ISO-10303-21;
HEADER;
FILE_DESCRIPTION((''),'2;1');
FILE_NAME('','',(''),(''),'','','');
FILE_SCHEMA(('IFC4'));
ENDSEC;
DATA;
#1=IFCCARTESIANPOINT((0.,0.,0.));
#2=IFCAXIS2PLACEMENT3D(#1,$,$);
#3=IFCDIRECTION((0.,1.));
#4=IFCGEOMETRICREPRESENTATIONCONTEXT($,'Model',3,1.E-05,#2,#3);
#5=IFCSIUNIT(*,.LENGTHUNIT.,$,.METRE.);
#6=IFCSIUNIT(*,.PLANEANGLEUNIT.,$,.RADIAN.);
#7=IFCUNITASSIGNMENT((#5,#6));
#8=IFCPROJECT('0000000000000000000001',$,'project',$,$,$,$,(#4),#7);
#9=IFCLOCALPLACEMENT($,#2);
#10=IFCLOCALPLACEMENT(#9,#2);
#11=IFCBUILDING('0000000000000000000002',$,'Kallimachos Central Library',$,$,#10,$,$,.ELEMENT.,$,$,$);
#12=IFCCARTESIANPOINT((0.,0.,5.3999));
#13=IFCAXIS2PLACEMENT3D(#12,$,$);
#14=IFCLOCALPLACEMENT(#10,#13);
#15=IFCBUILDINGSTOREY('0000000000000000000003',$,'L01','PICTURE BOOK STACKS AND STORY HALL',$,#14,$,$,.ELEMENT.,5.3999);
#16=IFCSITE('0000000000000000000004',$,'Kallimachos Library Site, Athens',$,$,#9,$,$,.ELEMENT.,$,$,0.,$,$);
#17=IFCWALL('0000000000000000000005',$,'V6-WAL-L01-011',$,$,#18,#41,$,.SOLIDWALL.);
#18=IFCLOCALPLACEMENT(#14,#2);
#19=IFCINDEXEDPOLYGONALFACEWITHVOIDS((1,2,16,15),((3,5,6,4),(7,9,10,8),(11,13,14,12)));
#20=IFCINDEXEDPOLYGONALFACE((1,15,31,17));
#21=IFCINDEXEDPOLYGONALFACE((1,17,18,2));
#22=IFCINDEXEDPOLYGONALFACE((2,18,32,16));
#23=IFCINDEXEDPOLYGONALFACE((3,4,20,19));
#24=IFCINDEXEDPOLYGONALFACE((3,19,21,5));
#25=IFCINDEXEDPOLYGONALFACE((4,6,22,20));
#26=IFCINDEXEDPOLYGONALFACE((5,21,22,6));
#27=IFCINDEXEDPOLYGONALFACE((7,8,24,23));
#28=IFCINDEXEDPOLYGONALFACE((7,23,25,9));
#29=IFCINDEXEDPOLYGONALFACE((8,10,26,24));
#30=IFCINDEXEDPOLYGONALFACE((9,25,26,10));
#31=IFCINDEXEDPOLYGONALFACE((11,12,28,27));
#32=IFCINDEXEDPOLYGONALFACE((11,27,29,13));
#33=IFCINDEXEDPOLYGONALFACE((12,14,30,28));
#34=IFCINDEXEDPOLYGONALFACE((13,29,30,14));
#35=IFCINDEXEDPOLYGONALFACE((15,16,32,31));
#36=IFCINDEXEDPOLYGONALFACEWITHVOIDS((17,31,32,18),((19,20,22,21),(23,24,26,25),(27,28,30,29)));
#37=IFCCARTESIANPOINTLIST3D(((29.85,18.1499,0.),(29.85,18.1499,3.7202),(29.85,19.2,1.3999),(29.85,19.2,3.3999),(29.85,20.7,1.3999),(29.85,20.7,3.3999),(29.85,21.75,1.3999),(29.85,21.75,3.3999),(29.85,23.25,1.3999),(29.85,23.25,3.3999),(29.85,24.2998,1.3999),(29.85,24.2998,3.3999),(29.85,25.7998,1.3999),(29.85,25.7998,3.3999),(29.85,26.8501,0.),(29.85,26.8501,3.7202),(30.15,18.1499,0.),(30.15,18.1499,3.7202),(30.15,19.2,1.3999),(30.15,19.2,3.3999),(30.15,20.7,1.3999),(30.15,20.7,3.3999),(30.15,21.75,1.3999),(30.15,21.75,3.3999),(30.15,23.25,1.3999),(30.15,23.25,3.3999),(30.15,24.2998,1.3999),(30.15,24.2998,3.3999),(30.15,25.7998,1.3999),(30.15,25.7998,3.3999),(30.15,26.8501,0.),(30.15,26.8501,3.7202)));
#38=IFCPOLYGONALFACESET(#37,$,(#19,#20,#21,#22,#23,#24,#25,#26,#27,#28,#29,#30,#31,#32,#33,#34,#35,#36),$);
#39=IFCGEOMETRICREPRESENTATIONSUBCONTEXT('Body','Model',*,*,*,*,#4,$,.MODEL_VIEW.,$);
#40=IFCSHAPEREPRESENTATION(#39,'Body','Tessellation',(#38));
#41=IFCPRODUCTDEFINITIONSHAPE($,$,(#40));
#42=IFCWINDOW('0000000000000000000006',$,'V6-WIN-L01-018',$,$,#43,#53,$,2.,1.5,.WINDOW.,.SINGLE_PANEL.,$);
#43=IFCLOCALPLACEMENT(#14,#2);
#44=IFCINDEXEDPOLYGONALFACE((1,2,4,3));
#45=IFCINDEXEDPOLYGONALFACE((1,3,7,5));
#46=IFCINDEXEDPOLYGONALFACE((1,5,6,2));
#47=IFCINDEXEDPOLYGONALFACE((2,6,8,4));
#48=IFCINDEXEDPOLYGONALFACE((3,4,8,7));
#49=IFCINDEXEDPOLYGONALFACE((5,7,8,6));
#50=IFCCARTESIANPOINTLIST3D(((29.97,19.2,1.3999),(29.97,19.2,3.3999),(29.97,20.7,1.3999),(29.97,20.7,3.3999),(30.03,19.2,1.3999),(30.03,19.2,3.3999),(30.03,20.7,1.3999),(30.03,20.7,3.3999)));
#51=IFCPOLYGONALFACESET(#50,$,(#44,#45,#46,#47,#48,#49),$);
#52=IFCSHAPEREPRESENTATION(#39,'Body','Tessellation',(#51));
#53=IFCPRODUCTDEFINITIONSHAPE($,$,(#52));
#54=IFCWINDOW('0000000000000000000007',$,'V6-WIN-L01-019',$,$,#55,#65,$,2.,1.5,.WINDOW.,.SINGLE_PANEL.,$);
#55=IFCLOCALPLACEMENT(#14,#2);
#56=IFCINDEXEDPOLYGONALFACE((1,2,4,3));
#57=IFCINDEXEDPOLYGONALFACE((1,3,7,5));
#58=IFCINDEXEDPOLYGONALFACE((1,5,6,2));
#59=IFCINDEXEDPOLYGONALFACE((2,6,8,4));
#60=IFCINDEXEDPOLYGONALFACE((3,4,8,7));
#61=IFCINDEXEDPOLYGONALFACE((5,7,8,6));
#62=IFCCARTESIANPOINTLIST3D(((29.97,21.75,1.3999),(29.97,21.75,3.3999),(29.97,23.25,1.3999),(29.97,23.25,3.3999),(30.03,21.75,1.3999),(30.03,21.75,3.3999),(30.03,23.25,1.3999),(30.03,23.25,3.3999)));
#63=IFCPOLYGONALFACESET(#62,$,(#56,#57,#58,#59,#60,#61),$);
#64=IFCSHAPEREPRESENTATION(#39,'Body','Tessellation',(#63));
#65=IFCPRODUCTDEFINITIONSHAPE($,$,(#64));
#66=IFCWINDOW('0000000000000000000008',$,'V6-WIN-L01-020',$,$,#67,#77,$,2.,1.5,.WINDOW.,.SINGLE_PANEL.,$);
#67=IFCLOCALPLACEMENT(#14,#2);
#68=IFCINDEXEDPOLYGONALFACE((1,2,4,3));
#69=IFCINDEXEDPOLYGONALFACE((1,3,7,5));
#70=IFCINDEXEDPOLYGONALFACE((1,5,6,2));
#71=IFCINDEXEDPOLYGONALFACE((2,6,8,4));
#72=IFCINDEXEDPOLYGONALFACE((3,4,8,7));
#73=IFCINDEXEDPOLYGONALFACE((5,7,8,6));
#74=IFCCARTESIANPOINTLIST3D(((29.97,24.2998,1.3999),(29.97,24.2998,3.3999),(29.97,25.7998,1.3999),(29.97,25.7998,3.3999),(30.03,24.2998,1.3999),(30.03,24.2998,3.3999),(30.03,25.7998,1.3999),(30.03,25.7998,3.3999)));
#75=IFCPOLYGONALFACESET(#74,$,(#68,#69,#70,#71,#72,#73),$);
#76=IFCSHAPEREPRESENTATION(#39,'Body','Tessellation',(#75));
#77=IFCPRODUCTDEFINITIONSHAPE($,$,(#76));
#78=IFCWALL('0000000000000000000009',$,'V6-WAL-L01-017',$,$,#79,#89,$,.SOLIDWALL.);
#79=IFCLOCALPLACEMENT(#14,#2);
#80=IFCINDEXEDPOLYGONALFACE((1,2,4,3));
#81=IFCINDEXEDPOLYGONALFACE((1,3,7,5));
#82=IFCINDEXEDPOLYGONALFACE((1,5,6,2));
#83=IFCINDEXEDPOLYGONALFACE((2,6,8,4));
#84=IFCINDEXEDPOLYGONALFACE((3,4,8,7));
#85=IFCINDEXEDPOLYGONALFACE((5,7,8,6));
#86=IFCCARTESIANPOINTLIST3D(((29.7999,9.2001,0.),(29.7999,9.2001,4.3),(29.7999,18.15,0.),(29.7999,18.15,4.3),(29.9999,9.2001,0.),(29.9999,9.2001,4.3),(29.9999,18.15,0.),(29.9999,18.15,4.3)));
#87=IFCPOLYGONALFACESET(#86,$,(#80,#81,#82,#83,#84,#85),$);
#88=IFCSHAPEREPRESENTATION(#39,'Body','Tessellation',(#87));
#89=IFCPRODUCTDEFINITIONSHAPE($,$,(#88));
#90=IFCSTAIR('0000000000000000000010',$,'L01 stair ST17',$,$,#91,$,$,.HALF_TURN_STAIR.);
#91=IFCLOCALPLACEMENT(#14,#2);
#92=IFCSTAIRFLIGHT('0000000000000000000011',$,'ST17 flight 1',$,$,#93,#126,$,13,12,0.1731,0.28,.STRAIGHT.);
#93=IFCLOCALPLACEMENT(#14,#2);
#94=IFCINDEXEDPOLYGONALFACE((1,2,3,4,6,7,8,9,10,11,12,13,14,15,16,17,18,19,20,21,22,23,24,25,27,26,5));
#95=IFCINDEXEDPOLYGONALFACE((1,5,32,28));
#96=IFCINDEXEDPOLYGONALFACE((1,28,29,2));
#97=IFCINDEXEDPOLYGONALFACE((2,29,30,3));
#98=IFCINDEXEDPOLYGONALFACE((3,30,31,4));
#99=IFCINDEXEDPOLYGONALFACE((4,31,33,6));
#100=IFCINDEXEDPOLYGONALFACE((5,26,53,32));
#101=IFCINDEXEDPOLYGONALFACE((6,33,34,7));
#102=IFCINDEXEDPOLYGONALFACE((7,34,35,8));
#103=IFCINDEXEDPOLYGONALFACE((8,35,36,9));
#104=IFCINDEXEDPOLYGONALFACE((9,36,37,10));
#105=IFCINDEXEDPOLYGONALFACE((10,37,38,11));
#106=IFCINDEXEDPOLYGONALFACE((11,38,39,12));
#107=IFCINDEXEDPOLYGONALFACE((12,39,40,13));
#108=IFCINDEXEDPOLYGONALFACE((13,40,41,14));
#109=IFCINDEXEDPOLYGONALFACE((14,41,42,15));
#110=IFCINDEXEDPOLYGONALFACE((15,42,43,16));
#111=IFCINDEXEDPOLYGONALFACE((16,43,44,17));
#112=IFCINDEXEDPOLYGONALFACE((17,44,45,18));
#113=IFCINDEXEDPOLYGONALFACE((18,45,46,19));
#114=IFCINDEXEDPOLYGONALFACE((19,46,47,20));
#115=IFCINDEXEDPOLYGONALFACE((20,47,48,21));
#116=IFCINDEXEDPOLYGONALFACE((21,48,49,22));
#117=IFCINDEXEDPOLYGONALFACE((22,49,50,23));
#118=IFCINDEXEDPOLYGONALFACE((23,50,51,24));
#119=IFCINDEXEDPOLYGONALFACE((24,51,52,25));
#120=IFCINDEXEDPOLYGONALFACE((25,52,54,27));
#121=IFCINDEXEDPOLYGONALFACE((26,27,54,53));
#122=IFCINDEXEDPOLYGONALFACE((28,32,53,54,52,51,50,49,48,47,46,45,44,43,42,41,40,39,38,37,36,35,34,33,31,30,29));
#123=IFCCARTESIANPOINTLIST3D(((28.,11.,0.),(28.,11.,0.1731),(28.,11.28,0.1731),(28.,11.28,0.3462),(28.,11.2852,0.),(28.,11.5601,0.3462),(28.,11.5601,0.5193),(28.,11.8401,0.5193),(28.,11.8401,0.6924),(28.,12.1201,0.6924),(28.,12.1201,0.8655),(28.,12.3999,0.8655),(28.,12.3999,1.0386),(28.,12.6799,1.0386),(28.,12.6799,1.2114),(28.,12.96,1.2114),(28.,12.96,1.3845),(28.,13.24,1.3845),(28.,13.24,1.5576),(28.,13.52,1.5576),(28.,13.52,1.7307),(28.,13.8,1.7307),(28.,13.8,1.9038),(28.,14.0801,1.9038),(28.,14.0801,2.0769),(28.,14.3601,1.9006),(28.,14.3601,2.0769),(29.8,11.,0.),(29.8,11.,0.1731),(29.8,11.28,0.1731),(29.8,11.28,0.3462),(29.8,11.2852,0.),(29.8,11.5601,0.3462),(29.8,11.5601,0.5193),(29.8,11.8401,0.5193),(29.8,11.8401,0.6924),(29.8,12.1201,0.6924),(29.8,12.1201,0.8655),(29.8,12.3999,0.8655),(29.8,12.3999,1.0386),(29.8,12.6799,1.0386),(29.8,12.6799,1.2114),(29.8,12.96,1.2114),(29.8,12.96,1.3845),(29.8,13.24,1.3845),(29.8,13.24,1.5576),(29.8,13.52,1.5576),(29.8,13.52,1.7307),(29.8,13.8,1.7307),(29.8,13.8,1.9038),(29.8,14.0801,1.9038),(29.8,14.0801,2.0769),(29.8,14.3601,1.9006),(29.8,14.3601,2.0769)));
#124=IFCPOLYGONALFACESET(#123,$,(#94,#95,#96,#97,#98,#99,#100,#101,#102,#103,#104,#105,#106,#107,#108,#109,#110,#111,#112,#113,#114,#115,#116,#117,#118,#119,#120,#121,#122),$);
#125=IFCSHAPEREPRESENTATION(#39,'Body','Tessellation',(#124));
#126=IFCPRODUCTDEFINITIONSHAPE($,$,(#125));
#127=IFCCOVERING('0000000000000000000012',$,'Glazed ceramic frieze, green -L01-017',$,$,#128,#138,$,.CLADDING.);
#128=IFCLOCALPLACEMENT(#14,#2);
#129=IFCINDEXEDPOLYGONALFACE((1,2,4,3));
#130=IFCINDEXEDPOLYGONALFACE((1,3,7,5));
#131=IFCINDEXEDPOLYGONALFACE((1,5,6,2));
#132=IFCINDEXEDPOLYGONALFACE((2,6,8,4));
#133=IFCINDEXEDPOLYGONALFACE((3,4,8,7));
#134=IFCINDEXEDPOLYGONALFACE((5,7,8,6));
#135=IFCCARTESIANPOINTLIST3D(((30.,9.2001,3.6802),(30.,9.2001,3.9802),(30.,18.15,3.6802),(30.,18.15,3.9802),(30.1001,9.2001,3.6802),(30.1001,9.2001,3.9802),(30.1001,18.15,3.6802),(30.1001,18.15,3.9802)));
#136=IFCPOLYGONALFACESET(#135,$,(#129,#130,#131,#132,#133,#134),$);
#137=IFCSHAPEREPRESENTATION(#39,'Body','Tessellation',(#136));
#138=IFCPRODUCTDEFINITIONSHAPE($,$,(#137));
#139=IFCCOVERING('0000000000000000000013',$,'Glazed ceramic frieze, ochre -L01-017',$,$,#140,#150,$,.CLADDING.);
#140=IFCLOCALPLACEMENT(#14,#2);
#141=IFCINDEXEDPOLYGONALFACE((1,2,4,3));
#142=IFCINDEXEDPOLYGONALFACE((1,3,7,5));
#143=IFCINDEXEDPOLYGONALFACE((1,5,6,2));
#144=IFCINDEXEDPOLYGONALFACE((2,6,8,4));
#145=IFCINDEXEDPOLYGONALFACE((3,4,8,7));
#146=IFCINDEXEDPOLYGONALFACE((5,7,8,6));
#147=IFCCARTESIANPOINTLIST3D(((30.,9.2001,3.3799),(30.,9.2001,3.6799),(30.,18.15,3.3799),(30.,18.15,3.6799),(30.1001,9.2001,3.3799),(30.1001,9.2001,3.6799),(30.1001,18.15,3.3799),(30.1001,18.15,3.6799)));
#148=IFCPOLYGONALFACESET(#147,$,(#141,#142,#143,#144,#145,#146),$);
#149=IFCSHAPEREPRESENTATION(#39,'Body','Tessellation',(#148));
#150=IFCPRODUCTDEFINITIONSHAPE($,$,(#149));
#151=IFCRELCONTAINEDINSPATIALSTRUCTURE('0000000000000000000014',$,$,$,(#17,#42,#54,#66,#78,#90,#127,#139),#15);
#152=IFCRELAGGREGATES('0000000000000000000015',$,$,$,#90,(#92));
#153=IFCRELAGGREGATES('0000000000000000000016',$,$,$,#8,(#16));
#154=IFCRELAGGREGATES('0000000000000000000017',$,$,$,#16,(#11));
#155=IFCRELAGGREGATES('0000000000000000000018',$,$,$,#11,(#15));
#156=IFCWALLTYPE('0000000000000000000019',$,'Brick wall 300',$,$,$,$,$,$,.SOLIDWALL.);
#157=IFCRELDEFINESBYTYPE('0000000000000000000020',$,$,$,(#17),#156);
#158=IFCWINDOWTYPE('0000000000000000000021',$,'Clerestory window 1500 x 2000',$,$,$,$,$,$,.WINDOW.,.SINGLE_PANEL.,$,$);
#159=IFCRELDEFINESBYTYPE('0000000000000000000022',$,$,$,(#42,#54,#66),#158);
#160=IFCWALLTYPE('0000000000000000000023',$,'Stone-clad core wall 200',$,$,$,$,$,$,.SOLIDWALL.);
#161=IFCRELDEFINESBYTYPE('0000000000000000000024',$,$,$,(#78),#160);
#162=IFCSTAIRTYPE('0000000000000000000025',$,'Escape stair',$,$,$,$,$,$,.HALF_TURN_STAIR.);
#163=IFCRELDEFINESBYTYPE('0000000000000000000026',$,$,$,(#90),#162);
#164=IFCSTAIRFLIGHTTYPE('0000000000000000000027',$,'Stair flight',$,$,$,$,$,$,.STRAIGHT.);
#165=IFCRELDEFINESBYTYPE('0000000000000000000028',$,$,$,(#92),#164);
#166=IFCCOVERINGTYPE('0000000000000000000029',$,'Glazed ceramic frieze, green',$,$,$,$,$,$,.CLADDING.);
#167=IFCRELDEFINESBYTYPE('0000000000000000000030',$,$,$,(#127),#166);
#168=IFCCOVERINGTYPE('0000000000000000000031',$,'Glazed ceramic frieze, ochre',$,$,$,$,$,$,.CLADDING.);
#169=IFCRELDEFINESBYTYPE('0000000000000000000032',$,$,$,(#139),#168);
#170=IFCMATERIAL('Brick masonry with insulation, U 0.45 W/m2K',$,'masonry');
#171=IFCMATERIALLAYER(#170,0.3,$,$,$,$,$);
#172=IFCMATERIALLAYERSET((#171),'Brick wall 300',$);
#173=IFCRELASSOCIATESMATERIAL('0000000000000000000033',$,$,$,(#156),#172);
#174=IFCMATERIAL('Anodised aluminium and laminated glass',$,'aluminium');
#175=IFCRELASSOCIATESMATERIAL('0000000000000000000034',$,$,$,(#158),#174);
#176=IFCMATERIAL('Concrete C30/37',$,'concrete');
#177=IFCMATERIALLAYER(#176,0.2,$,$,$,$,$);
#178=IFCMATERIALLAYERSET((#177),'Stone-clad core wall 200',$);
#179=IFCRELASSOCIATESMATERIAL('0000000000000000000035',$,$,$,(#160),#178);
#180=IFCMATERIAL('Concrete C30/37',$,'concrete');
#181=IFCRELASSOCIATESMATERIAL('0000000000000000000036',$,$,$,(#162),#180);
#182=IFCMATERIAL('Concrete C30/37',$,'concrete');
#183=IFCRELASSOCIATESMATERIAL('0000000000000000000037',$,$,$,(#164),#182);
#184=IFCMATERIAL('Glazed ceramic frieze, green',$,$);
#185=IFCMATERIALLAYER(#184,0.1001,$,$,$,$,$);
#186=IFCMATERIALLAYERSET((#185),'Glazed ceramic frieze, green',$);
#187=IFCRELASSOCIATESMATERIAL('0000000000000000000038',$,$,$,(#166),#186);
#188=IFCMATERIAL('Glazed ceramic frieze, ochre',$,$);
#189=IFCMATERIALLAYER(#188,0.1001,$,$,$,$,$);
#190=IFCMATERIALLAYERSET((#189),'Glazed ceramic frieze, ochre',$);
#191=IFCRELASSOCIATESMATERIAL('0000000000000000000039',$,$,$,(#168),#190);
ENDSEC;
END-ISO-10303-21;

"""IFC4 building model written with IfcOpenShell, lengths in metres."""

from ifc_helpers import new_model, si_unit, direction, frame, frame_2d, origin, origin_2d, place, context, subcontext, project, spatial, polyline, rectangle, outline, extrude, material, layer, layer_set, type_object, element, fill, aggregate, save


model = new_model("IFC4")

# Units and contexts
model_context = context("Model", 3, precision=1e-05, world=origin(), true_north=direction((0.0, 1.0)))
body_context = subcontext(model_context, "Body", "Model", "MODEL_VIEW")
ifc_project = project(units=[si_unit("LENGTHUNIT", "METRE"), si_unit("PLANEANGLEUNIT", "RADIAN")], contexts=[model_context])

# Site, building, storey
site_placement = place(None, origin())
site = spatial("IfcSite", under=ifc_project, at=site_placement, Name="Kallimachos Library Site, Athens", CompositionType="ELEMENT", RefElevation=0.0)
building_placement = place(site_placement, origin())
building = spatial("IfcBuilding", under=site, at=building_placement, Name="Kallimachos Central Library", CompositionType="ELEMENT")
storey_placement = place(building_placement, frame((0.0, 0.0, 5.3999)))
storey = spatial("IfcBuildingStorey", under=building, at=storey_placement, Name="L01", Description="PICTURE BOOK STACKS AND STORY HALL", CompositionType="ELEMENT", Elevation=5.3999)

# Wall, openings, windows
ifc_material_1 = material(Name="Brick masonry with insulation, U 0.45 W/m2K", Category="masonry")
ifc_layer_1 = layer(ifc_material_1, 0.3)
ifc_layer_set_1 = layer_set([ifc_layer_1], Name="Brick wall 300")
wall_type_1 = type_object("IfcWallType", Name="Brick wall 300", PredefinedType="SOLIDWALL", material=ifc_layer_set_1)
wall_1_placement = place(storey_placement, frame((30.0, 18.1499, 0.0), z_axis=(0.0, 0.0, 1.0), x_axis=(0.0, 1.0, 0.0)))
wall_1 = element("IfcWall", 1, at=wall_1_placement, inside=storey, type_object=wall_type_1, Name="V6-WAL-L01-011", PredefinedType="SOLIDWALL", context=body_context, shape_type="SweptSolid", body=[
    extrude(rectangle(XDim=8.7002, YDim=0.3, at=frame_2d((4.3501, 0.0))), origin(), (0.0, 0.0, 1.0), 3.7202),
])
opening_1_placement = place(wall_1_placement, frame((1.05, 0.0, 1.3999)))
opening_1 = element("IfcOpeningElement", 2, at=opening_1_placement, cuts=wall_1, PredefinedType="OPENING", context=body_context, shape_type="SweptSolid", body=[
    extrude(rectangle(XDim=1.5, YDim=2.0, at=frame_2d((0.75, 1.0))), frame((0.0, 0.1599, 0.0), z_axis=(0.0, -1.0, 0.0), x_axis=(1.0, 0.0, 0.0)), (0.0, 0.0, 1.0), 0.3201),
])
opening_2_placement = place(wall_1_placement, frame((3.6001, 0.0, 1.3999)))
opening_2 = element("IfcOpeningElement", 3, at=opening_2_placement, cuts=wall_1, PredefinedType="OPENING", context=body_context, shape_type="SweptSolid", body=[
    extrude(rectangle(XDim=1.5, YDim=2.0, at=frame_2d((0.75, 1.0))), frame((0.0, 0.1599, 0.0), z_axis=(0.0, -1.0, 0.0), x_axis=(1.0, 0.0, 0.0)), (0.0, 0.0, 1.0), 0.3201),
])
opening_3_placement = place(wall_1_placement, frame((6.1499, 0.0, 1.3999)))
opening_3 = element("IfcOpeningElement", 4, at=opening_3_placement, cuts=wall_1, PredefinedType="OPENING", context=body_context, shape_type="SweptSolid", body=[
    extrude(rectangle(XDim=1.5, YDim=2.0, at=frame_2d((0.75, 1.0))), frame((0.0, 0.1599, 0.0), z_axis=(0.0, -1.0, 0.0), x_axis=(1.0, 0.0, 0.0)), (0.0, 0.0, 1.0), 0.3201),
])
ifc_material_2 = material(Name="Anodised aluminium and laminated glass", Category="aluminium")
window_type = type_object("IfcWindowType", Name="Clerestory window 1500 x 2000", PartitioningType="SINGLE_PANEL", PredefinedType="WINDOW", material=ifc_material_2)
window_1_placement = place(opening_1_placement, origin())
window_1 = element("IfcWindow", 5, at=window_1_placement, inside=storey, type_object=window_type, Name="V6-WIN-L01-018", OverallHeight=2.0, OverallWidth=1.5, PartitioningType="SINGLE_PANEL", PredefinedType="WINDOW", context=body_context, shape_type="SweptSolid", body=[
    extrude(rectangle(XDim=1.5, YDim=2.0, at=frame_2d((0.75, 1.0))), frame((0.0, 0.03, 0.0), z_axis=(0.0, -1.0, 0.0), x_axis=(1.0, 0.0, 0.0)), (0.0, 0.0, 1.0), 0.0601),
])
fill(opening_1, window_1)
window_2_placement = place(opening_2_placement, origin())
window_2 = element("IfcWindow", 6, at=window_2_placement, inside=storey, type_object=window_type, Name="V6-WIN-L01-019", OverallHeight=2.0, OverallWidth=1.5, PartitioningType="SINGLE_PANEL", PredefinedType="WINDOW", context=body_context, shape_type="SweptSolid", body=[
    extrude(rectangle(XDim=1.5, YDim=2.0, at=frame_2d((0.75, 1.0))), frame((0.0, 0.03, 0.0), z_axis=(0.0, -1.0, 0.0), x_axis=(1.0, 0.0, 0.0)), (0.0, 0.0, 1.0), 0.0601),
])
fill(opening_2, window_2)
window_3_placement = place(opening_3_placement, origin())
window_3 = element("IfcWindow", 7, at=window_3_placement, inside=storey, type_object=window_type, Name="V6-WIN-L01-020", OverallHeight=2.0, OverallWidth=1.5, PartitioningType="SINGLE_PANEL", PredefinedType="WINDOW", context=body_context, shape_type="SweptSolid", body=[
    extrude(rectangle(XDim=1.5, YDim=2.0, at=frame_2d((0.75, 1.0))), frame((0.0, 0.03, 0.0), z_axis=(0.0, -1.0, 0.0), x_axis=(1.0, 0.0, 0.0)), (0.0, 0.0, 1.0), 0.0601),
])
fill(opening_3, window_3)

# Wall
ifc_material_3 = material(Name="Concrete C30/37", Category="concrete")
ifc_layer_2 = layer(ifc_material_3, 0.2)
ifc_layer_set_2 = layer_set([ifc_layer_2], Name="Stone-clad core wall 200")
wall_type_2 = type_object("IfcWallType", Name="Stone-clad core wall 200", PredefinedType="SOLIDWALL", material=ifc_layer_set_2)
wall_2_placement = place(storey_placement, frame((29.8999, 9.2, 0.0), z_axis=(0.0, 0.0, 1.0), x_axis=(0.0, 1.0, 0.0)))
element("IfcWall", 8, at=wall_2_placement, inside=storey, type_object=wall_type_2, Name="V6-WAL-L01-017", PredefinedType="SOLIDWALL", context=body_context, shape_type="SweptSolid", body=[
    extrude(rectangle(XDim=8.95, YDim=0.2, at=frame_2d((4.4751, 0.0))), origin(), (0.0, 0.0, 1.0), 4.3),
])

# Stair, stair flight
ifc_material_4 = material(Name="Concrete C30/37", Category="concrete")
stair_type = type_object("IfcStairType", Name="Escape stair", PredefinedType="HALF_TURN_STAIR", material=ifc_material_4)
stair_placement = place(storey_placement, origin())
stair = element("IfcStair", 9, at=stair_placement, inside=storey, type_object=stair_type, Name="L01 stair ST17", PredefinedType="HALF_TURN_STAIR")
ifc_material_5 = material(Name="Concrete C30/37", Category="concrete")
stair_flight_type = type_object("IfcStairFlightType", Name="Stair flight", PredefinedType="STRAIGHT", material=ifc_material_5)
stair_flight_placement = place(storey_placement, frame((28.8999, 11.0, 0.0), z_axis=(0.0, 0.0, 1.0), x_axis=(0.0, 1.0, 0.0)))
stair_flight = element("IfcStairFlight", 10, at=stair_flight_placement, type_object=stair_flight_type, Name="ST17 flight 1", NumberOfRisers=13, NumberOfTreads=12, PredefinedType="STRAIGHT", RiserHeight=0.1731, TreadLength=0.28, context=body_context, shape_type="SweptSolid", body=[
    extrude(outline(polyline([(0.0, 0.0), (0.0, 0.1731), (0.28, 0.1731), (0.28, 0.3462), (0.5601, 0.3462), (0.5601, 0.5193), (0.8401, 0.5193), (0.8401, 0.6924), (1.1201, 0.6924), (1.1201, 0.8655), (1.3999, 0.8655), (1.3999, 1.0386), (1.6799, 1.0386), (1.6799, 1.2114), (1.96, 1.2114), (1.96, 1.3845), (2.24, 1.3845), (2.24, 1.5576), (2.52, 1.5576), (2.52, 1.7307), (2.8, 1.7307), (2.8, 1.9038), (3.0801, 1.9038), (3.0801, 2.0769), (3.3601, 2.0769), (3.3601, 2.25), (3.3601, 1.9006), (0.2852, 0.0), (0.0, 0.0)])), frame((0.0, 0.8999, 0.0), z_axis=(0.0, -1.0, 0.0), x_axis=(1.0, 0.0, 0.0)), (0.0, 0.0, 1.0), 1.8),
])
aggregate(stair, [stair_flight])

# Coverings
ifc_material_6 = material(Name="Glazed ceramic frieze, green")
ifc_layer_3 = layer(ifc_material_6, 0.1001)
ifc_layer_set_3 = layer_set([ifc_layer_3], Name="Glazed ceramic frieze, green")
covering_type_1 = type_object("IfcCoveringType", Name="Glazed ceramic frieze, green", PredefinedType="CLADDING", material=ifc_layer_set_3)
covering_1_placement = place(storey_placement, frame((30.05, 13.675, 3.6802), z_axis=(0.0, 0.0, 1.0), x_axis=(1.0, 0.0, 0.0)))
element("IfcCovering", 11, at=covering_1_placement, inside=storey, type_object=covering_type_1, Name="Glazed ceramic frieze, green -L01-017", PredefinedType="CLADDING", context=body_context, shape_type="SweptSolid", body=[
    extrude(rectangle(XDim=0.1001, YDim=8.95, at=origin_2d()), origin(), (0.0, 0.0, 1.0), 0.3),
])
ifc_material_7 = material(Name="Glazed ceramic frieze, ochre")
ifc_layer_4 = layer(ifc_material_7, 0.1001)
ifc_layer_set_4 = layer_set([ifc_layer_4], Name="Glazed ceramic frieze, ochre")
covering_type_2 = type_object("IfcCoveringType", Name="Glazed ceramic frieze, ochre", PredefinedType="CLADDING", material=ifc_layer_set_4)
covering_2_placement = place(storey_placement, frame((30.05, 13.675, 3.3799), z_axis=(0.0, 0.0, 1.0), x_axis=(1.0, 0.0, 0.0)))
element("IfcCovering", 12, at=covering_2_placement, inside=storey, type_object=covering_type_2, Name="Glazed ceramic frieze, ochre -L01-017", PredefinedType="CLADDING", context=body_context, shape_type="SweptSolid", body=[
    extrude(rectangle(XDim=0.1001, YDim=8.95, at=origin_2d()), origin(), (0.0, 0.0, 1.0), 0.3),
])

save(model, "model.ifc")
